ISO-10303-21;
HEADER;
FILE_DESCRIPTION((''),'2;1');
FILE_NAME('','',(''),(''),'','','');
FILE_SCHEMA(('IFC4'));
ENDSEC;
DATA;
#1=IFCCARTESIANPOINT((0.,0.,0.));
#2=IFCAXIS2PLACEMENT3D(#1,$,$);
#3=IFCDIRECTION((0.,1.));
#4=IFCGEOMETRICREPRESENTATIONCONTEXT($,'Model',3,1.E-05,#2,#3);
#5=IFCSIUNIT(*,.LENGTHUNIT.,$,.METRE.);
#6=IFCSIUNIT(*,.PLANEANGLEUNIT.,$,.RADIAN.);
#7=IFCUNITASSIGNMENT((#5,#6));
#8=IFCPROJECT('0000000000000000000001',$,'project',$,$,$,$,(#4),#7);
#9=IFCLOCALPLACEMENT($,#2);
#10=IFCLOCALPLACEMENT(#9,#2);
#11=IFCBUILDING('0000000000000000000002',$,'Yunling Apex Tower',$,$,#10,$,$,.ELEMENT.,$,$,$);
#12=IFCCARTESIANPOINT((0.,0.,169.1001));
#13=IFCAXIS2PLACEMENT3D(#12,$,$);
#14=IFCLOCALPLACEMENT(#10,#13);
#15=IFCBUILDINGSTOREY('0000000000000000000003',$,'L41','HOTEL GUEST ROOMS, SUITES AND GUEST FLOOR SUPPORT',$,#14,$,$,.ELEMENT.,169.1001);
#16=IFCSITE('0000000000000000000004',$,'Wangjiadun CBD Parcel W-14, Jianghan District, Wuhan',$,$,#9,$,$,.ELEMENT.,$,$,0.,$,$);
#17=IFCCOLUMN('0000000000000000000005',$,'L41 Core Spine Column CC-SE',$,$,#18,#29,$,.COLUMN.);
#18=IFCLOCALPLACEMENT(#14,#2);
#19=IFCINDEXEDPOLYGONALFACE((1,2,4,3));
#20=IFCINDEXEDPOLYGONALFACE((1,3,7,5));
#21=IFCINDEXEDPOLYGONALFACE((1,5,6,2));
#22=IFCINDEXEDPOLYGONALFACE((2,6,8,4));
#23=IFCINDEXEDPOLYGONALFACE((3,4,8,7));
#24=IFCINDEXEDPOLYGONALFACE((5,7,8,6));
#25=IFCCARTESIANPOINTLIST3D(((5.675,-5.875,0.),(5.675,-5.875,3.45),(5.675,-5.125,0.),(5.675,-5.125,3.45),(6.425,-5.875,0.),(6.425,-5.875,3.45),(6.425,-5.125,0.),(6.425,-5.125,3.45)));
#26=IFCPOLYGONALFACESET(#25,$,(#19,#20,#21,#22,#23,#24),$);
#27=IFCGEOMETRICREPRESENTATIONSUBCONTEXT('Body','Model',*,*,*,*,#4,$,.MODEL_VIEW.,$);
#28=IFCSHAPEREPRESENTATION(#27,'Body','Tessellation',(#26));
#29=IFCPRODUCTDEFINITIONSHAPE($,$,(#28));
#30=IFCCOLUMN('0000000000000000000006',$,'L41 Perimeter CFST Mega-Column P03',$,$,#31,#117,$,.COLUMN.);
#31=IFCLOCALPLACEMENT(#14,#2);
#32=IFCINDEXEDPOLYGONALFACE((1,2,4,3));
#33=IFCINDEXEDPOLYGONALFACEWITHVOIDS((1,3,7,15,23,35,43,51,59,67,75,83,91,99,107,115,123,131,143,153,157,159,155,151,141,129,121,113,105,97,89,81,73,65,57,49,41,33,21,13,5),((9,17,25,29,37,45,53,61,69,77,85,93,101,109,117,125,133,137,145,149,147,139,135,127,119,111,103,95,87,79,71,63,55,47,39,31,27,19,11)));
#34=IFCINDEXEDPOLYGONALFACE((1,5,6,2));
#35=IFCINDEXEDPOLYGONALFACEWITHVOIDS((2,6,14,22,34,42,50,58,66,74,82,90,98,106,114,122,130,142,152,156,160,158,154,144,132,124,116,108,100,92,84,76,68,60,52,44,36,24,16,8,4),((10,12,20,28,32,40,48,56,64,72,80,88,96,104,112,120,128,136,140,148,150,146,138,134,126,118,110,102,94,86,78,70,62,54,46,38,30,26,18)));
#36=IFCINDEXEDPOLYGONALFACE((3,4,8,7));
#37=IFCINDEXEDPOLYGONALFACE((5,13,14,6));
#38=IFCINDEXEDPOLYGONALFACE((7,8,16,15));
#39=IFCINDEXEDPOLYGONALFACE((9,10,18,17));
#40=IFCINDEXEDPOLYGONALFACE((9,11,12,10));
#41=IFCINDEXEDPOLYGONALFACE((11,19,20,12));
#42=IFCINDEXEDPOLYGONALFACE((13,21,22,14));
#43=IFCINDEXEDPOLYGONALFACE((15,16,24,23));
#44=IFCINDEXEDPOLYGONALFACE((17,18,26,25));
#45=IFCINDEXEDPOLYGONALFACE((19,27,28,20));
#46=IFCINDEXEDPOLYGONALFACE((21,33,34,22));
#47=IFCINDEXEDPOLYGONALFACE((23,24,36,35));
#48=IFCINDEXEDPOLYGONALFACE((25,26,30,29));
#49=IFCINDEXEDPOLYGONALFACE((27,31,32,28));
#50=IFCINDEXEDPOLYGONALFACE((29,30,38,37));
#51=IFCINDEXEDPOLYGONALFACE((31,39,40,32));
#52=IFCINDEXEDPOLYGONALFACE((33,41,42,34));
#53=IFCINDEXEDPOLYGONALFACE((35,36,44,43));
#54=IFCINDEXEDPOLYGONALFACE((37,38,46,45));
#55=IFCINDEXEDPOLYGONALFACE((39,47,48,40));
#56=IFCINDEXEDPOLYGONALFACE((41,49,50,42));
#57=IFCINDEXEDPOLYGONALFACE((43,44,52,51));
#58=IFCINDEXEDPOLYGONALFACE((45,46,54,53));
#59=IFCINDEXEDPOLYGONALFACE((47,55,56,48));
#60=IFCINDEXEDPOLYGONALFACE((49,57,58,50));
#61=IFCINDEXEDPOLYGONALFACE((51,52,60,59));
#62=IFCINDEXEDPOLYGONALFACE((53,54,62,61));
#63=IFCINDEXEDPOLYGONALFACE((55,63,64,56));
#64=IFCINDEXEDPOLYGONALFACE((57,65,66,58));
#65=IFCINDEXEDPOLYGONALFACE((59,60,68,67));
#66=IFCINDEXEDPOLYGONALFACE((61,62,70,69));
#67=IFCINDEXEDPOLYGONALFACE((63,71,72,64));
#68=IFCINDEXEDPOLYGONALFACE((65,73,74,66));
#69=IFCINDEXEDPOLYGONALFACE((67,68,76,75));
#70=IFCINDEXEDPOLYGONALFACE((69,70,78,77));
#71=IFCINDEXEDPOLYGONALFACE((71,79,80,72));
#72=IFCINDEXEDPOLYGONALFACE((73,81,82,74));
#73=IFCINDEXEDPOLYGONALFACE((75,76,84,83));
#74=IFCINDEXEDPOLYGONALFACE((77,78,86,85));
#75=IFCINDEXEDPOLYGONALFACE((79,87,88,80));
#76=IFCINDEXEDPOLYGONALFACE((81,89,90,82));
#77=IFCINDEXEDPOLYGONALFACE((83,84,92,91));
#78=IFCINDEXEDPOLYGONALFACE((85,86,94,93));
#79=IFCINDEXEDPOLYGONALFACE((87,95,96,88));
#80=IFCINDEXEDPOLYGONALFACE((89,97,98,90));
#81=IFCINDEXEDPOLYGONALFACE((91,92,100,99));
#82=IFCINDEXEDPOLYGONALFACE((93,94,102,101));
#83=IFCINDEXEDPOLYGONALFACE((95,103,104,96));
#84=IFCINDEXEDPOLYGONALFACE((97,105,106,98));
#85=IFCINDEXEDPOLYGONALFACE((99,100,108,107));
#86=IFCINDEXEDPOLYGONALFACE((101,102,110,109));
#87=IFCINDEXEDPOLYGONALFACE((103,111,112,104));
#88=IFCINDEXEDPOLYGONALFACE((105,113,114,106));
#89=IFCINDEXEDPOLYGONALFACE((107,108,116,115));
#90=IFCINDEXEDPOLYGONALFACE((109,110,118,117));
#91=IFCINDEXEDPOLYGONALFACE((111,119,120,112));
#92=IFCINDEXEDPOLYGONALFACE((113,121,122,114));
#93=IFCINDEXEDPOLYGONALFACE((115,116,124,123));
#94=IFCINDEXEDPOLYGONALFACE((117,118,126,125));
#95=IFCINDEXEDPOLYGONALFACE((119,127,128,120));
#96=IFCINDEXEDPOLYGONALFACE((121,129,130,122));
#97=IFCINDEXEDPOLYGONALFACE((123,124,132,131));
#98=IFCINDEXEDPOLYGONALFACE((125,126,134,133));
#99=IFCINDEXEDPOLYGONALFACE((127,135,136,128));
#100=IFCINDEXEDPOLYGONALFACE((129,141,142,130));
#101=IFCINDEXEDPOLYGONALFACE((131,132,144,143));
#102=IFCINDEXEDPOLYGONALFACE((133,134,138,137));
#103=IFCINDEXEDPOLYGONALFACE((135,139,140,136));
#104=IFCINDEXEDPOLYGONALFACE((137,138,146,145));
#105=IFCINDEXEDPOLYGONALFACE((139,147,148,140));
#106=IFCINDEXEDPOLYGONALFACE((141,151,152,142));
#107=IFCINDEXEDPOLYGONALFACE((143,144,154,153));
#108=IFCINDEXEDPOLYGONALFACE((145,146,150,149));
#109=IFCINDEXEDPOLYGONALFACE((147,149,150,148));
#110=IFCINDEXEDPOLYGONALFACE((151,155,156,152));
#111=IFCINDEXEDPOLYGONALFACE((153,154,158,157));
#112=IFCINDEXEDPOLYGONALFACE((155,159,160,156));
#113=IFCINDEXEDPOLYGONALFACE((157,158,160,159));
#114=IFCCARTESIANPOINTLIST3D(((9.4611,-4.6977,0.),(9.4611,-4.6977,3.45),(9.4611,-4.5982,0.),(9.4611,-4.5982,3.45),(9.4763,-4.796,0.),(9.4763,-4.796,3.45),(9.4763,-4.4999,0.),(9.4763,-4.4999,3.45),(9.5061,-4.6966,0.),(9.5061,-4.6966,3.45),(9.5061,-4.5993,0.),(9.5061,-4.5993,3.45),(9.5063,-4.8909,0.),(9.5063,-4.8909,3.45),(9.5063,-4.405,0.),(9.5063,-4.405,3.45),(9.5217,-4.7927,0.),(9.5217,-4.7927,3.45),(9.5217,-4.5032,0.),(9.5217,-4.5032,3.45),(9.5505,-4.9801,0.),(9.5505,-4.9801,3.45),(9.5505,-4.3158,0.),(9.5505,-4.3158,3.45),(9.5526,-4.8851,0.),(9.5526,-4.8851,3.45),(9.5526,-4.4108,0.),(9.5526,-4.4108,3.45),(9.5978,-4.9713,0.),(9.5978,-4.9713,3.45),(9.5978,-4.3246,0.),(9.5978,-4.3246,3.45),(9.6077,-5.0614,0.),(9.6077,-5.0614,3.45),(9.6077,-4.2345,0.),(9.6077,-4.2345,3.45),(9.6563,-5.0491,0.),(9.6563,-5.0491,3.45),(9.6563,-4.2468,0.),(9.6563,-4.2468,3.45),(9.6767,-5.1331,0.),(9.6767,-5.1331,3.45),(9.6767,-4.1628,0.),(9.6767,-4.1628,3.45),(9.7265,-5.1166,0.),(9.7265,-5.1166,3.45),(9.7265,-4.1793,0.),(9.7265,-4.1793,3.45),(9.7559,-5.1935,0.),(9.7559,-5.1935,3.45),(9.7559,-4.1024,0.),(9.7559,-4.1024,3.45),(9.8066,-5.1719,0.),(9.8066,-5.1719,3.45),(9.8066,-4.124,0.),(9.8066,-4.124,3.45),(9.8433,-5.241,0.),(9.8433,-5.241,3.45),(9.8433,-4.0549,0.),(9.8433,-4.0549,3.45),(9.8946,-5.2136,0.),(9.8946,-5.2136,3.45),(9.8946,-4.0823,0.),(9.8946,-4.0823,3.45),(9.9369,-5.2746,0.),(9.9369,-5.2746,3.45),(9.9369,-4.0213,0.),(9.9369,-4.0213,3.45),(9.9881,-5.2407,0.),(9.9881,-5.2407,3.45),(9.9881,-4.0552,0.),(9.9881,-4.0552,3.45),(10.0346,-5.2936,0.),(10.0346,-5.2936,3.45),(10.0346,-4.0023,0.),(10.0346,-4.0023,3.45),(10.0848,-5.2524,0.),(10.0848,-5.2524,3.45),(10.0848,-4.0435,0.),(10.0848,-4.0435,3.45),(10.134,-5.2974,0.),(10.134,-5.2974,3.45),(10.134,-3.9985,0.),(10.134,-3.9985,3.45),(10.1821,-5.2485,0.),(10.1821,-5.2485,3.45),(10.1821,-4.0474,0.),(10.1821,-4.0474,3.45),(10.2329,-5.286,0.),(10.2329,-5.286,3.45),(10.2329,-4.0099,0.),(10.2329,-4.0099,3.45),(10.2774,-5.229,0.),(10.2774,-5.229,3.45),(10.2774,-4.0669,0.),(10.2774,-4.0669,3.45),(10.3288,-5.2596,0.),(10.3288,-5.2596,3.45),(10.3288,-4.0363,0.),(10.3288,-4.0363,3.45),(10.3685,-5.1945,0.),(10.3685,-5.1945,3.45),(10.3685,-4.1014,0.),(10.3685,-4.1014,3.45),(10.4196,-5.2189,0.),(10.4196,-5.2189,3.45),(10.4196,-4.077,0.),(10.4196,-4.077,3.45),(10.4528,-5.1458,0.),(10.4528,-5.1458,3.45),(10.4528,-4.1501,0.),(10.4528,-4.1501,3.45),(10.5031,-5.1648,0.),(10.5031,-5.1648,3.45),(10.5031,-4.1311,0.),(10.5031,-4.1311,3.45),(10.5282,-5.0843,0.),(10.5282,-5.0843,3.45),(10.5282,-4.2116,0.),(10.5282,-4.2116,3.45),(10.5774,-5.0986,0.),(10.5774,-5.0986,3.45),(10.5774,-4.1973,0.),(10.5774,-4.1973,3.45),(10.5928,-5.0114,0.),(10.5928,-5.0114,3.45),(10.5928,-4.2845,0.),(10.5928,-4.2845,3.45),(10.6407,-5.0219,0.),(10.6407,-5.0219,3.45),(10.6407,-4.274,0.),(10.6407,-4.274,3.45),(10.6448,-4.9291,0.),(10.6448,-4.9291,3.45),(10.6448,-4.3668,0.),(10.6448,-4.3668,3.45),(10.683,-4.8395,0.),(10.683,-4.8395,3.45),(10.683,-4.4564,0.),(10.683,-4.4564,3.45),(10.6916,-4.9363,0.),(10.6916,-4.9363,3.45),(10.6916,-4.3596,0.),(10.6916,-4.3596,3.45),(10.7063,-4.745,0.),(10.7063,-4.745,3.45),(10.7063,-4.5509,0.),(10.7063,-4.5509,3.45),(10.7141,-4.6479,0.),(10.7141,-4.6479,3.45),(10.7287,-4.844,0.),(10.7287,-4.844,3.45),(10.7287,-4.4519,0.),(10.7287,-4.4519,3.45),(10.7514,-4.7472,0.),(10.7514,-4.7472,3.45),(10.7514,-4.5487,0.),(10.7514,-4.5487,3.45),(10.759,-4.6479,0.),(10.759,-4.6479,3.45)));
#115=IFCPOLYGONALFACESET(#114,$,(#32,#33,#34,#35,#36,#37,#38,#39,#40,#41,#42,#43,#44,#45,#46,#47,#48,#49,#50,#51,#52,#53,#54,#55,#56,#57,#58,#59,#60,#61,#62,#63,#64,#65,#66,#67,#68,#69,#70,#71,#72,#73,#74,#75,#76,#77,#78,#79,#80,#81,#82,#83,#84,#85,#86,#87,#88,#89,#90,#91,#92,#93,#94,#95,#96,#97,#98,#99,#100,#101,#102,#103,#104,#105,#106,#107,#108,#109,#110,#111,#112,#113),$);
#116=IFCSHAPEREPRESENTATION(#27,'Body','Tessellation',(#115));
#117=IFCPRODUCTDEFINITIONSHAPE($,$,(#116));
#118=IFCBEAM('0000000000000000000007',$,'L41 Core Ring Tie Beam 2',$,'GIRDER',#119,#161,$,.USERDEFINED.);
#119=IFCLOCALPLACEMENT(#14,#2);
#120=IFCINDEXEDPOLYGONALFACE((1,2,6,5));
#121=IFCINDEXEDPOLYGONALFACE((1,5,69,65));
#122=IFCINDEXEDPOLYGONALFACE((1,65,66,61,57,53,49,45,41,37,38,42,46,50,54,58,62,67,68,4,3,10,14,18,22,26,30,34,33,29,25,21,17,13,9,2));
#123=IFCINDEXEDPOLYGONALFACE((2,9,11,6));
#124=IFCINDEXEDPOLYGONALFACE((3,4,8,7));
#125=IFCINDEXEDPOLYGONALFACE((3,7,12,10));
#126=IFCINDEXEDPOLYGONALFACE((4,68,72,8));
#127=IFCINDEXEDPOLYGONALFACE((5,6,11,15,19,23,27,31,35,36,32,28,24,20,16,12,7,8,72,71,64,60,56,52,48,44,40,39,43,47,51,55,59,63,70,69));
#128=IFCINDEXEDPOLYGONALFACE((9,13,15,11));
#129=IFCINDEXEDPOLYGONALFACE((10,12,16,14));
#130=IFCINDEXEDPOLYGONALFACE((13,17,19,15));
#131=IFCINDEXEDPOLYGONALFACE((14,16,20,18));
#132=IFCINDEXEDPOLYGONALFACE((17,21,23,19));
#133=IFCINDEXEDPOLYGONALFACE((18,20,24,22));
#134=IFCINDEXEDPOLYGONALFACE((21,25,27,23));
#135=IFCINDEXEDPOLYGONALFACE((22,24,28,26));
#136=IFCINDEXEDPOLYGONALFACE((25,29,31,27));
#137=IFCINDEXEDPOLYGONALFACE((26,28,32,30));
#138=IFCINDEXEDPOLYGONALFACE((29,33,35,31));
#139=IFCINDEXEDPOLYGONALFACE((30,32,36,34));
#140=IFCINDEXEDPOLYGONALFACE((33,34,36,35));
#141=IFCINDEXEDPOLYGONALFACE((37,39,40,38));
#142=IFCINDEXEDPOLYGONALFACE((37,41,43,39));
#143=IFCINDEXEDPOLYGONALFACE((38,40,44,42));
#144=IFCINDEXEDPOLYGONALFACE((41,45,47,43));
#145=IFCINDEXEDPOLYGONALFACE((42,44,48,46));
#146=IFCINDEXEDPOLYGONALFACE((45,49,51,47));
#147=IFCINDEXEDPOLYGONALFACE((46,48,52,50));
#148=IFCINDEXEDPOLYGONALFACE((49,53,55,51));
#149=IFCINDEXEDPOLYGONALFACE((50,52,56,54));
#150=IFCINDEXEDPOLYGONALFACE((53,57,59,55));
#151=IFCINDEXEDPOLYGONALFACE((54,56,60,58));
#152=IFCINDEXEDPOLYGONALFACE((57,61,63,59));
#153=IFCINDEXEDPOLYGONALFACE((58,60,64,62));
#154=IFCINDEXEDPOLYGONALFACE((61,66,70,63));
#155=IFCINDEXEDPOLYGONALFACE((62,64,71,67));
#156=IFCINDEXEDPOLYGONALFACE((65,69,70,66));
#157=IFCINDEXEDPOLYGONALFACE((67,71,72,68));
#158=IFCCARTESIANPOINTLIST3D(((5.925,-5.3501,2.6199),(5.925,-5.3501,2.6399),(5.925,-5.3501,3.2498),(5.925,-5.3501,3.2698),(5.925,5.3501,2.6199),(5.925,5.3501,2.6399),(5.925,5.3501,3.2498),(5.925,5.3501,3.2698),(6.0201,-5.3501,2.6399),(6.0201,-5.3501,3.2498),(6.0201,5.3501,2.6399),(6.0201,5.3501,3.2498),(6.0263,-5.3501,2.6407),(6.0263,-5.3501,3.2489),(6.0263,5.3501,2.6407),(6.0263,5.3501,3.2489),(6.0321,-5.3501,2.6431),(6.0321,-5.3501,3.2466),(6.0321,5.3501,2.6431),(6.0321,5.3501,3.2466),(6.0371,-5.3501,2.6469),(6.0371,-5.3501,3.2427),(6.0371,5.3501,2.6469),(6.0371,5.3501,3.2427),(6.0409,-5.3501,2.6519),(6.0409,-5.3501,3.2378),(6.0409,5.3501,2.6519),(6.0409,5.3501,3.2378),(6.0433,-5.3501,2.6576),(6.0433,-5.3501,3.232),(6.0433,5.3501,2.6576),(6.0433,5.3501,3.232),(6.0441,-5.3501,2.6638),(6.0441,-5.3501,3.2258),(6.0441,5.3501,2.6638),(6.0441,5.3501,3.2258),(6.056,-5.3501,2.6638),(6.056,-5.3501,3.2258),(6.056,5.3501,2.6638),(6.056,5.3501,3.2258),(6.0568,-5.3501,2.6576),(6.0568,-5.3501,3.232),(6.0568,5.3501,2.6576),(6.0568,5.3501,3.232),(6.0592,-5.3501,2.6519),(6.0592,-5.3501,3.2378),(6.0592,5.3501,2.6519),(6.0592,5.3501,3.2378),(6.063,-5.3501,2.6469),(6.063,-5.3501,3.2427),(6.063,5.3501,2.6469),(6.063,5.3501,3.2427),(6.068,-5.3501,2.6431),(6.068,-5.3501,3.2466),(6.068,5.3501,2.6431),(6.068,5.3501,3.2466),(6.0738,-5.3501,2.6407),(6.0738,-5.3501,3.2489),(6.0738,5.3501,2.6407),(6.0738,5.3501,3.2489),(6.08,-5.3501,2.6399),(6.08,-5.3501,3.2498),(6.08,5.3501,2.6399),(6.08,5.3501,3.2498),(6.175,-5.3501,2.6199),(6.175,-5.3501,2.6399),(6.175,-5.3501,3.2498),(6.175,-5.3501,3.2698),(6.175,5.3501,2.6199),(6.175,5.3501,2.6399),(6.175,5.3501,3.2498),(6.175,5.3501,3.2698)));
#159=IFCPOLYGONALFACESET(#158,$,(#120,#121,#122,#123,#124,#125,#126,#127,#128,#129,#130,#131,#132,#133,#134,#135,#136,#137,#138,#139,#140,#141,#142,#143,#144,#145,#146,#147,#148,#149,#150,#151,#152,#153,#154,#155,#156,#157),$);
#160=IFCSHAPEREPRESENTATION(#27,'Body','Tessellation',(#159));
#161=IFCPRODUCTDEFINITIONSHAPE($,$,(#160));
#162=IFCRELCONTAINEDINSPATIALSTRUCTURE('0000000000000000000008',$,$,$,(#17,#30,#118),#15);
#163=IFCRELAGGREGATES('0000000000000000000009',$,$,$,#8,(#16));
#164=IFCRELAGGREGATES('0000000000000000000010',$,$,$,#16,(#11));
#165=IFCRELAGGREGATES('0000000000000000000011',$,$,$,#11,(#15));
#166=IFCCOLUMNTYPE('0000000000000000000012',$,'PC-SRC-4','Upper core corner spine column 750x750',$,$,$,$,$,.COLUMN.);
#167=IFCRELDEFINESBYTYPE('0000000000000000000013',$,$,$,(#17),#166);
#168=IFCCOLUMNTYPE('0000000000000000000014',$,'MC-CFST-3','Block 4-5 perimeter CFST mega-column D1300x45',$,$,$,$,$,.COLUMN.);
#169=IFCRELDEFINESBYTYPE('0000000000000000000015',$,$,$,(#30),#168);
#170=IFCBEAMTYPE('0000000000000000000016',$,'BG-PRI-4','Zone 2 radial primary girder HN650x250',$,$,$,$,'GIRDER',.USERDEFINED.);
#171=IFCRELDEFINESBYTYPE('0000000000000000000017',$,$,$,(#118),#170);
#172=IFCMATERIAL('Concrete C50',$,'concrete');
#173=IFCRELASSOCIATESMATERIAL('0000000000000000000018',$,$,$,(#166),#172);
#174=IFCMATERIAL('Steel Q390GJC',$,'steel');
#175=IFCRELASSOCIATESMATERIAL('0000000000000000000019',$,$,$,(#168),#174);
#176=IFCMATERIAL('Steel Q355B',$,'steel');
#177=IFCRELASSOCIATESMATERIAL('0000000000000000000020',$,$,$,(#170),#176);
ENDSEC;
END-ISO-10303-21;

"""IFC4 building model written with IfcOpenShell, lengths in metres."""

from ifc_helpers import new_model, si_unit, direction, frame, origin, origin_2d, place, context, subcontext, project, spatial, rectangle, hollow_circle, i_section, extrude, source, transform, mapped, material, material_profile, profile_set, type_object, element, save


model = new_model("IFC4")

# Units and contexts
model_context = context("Model", 3, precision=1e-05, world=origin(), true_north=direction((0.0, 1.0)))
body_context = subcontext(model_context, "Body", "Model", "MODEL_VIEW")
ifc_project = project(units=[si_unit("LENGTHUNIT", "METRE"), si_unit("PLANEANGLEUNIT", "RADIAN")], contexts=[model_context])

# Site, building, storey
site_placement = place(None, origin())
site = spatial("IfcSite", under=ifc_project, at=site_placement, Name="Wangjiadun CBD Parcel W-14, Jianghan District, Wuhan", CompositionType="ELEMENT", RefElevation=0.0)
building_placement = place(site_placement, origin())
building = spatial("IfcBuilding", under=site, at=building_placement, Name="Yunling Apex Tower", CompositionType="ELEMENT")
storey_placement = place(building_placement, frame((0.0, 0.0, 169.1001)))
storey = spatial("IfcBuildingStorey", under=building, at=storey_placement, Name="L41", Description="HOTEL GUEST ROOMS, SUITES AND GUEST FLOOR SUPPORT", CompositionType="ELEMENT", Elevation=169.1001)

# Columns
ifc_material_1 = material(Name="Concrete C50", Category="concrete")
ifc_material_profile_1 = material_profile(ifc_material_1, rectangle(XDim=0.75, YDim=0.75, at=origin_2d()))
ifc_profile_set_1 = profile_set([ifc_material_profile_1], Name="Concrete C50")
column_type_1 = type_object("IfcColumnType", Name="PC-SRC-4", Description="Upper core corner spine column 750x750", PredefinedType="COLUMN", material=ifc_profile_set_1)
shared_shape_1 = source(origin(), body_context, "Body", "SweptSolid", [
    extrude(rectangle(XDim=0.75, YDim=0.75, at=origin_2d()), origin(), (0.0, 0.0, 1.0), 3.45),
])
column_1_placement = place(storey_placement, frame((6.05, -5.5, 0.0), z_axis=(0.0, 0.0, 1.0), x_axis=(1.0, 0.0, 0.0)))
element("IfcColumn", 1, at=column_1_placement, inside=storey, type_object=column_type_1, Name="L41 Core Spine Column CC-SE", PredefinedType="COLUMN", context=body_context, shape_type="MappedRepresentation", body=[
    mapped(shared_shape_1, transform((0.0, 0.0, 0.0), scale=1.0)),
])
ifc_material_2 = material(Name="Steel Q390GJC", Category="steel")
ifc_material_profile_2 = material_profile(ifc_material_2, hollow_circle(Radius=0.6499, WallThickness=0.0449, at=origin_2d()))
ifc_profile_set_2 = profile_set([ifc_material_profile_2], Name="Steel Q390GJC")
column_type_2 = type_object("IfcColumnType", Name="MC-CFST-3", Description="Block 4-5 perimeter CFST mega-column D1300x45", PredefinedType="COLUMN", material=ifc_profile_set_2)
shared_shape_2 = source(origin(), body_context, "Body", "SweptSolid", [
    extrude(hollow_circle(Radius=0.6499, WallThickness=0.0449, at=origin_2d()), origin(), (0.0, 0.0, 1.0), 3.45),
])
column_2_placement = place(storey_placement, frame((10.1091, -4.6479, 0.0), z_axis=(0.0, 0.0, 1.0), x_axis=(1.0, 0.0, 0.0)))
element("IfcColumn", 2, at=column_2_placement, inside=storey, type_object=column_type_2, Name="L41 Perimeter CFST Mega-Column P03", PredefinedType="COLUMN", context=body_context, shape_type="MappedRepresentation", body=[
    mapped(shared_shape_2, transform((0.0, 0.0, 0.0), scale=1.0)),
])

# Beam
ifc_material_3 = material(Name="Steel Q355B", Category="steel")
ifc_material_profile_3 = material_profile(ifc_material_3, i_section(OverallWidth=0.25, OverallDepth=0.6499, WebThickness=0.012, FlangeThickness=0.02, FilletRadius=0.0239, at=origin_2d()))
ifc_profile_set_3 = profile_set([ifc_material_profile_3], Name="Steel Q355B")
beam_type_1 = type_object("IfcBeamType", Name="BG-PRI-4", Description="Zone 2 radial primary girder HN650x250", ElementType="GIRDER", PredefinedType="USERDEFINED", material=ifc_profile_set_3)
shared_shape_3 = source(origin(), body_context, "Body", "SweptSolid", [
    extrude(i_section(OverallWidth=0.25, OverallDepth=0.6499, WebThickness=0.012, FlangeThickness=0.02, FilletRadius=0.0239, at=origin_2d()), origin(), (0.0, 0.0, 1.0), 10.7002),
])
beam_1_placement = place(storey_placement, frame((6.05, -5.3501, 2.9448), z_axis=(0.0, 1.0, 0.0), x_axis=(-1.0, 0.0, 0.0)))
element("IfcBeam", 3, at=beam_1_placement, inside=storey, type_object=beam_type_1, Name="L41 Core Ring Tie Beam 2", ObjectType="GIRDER", PredefinedType="USERDEFINED", context=body_context, shape_type="MappedRepresentation", body=[
    mapped(shared_shape_3, transform((0.0, 0.0, 0.0), scale=1.0)),
])

save(model, "model.ifc")
